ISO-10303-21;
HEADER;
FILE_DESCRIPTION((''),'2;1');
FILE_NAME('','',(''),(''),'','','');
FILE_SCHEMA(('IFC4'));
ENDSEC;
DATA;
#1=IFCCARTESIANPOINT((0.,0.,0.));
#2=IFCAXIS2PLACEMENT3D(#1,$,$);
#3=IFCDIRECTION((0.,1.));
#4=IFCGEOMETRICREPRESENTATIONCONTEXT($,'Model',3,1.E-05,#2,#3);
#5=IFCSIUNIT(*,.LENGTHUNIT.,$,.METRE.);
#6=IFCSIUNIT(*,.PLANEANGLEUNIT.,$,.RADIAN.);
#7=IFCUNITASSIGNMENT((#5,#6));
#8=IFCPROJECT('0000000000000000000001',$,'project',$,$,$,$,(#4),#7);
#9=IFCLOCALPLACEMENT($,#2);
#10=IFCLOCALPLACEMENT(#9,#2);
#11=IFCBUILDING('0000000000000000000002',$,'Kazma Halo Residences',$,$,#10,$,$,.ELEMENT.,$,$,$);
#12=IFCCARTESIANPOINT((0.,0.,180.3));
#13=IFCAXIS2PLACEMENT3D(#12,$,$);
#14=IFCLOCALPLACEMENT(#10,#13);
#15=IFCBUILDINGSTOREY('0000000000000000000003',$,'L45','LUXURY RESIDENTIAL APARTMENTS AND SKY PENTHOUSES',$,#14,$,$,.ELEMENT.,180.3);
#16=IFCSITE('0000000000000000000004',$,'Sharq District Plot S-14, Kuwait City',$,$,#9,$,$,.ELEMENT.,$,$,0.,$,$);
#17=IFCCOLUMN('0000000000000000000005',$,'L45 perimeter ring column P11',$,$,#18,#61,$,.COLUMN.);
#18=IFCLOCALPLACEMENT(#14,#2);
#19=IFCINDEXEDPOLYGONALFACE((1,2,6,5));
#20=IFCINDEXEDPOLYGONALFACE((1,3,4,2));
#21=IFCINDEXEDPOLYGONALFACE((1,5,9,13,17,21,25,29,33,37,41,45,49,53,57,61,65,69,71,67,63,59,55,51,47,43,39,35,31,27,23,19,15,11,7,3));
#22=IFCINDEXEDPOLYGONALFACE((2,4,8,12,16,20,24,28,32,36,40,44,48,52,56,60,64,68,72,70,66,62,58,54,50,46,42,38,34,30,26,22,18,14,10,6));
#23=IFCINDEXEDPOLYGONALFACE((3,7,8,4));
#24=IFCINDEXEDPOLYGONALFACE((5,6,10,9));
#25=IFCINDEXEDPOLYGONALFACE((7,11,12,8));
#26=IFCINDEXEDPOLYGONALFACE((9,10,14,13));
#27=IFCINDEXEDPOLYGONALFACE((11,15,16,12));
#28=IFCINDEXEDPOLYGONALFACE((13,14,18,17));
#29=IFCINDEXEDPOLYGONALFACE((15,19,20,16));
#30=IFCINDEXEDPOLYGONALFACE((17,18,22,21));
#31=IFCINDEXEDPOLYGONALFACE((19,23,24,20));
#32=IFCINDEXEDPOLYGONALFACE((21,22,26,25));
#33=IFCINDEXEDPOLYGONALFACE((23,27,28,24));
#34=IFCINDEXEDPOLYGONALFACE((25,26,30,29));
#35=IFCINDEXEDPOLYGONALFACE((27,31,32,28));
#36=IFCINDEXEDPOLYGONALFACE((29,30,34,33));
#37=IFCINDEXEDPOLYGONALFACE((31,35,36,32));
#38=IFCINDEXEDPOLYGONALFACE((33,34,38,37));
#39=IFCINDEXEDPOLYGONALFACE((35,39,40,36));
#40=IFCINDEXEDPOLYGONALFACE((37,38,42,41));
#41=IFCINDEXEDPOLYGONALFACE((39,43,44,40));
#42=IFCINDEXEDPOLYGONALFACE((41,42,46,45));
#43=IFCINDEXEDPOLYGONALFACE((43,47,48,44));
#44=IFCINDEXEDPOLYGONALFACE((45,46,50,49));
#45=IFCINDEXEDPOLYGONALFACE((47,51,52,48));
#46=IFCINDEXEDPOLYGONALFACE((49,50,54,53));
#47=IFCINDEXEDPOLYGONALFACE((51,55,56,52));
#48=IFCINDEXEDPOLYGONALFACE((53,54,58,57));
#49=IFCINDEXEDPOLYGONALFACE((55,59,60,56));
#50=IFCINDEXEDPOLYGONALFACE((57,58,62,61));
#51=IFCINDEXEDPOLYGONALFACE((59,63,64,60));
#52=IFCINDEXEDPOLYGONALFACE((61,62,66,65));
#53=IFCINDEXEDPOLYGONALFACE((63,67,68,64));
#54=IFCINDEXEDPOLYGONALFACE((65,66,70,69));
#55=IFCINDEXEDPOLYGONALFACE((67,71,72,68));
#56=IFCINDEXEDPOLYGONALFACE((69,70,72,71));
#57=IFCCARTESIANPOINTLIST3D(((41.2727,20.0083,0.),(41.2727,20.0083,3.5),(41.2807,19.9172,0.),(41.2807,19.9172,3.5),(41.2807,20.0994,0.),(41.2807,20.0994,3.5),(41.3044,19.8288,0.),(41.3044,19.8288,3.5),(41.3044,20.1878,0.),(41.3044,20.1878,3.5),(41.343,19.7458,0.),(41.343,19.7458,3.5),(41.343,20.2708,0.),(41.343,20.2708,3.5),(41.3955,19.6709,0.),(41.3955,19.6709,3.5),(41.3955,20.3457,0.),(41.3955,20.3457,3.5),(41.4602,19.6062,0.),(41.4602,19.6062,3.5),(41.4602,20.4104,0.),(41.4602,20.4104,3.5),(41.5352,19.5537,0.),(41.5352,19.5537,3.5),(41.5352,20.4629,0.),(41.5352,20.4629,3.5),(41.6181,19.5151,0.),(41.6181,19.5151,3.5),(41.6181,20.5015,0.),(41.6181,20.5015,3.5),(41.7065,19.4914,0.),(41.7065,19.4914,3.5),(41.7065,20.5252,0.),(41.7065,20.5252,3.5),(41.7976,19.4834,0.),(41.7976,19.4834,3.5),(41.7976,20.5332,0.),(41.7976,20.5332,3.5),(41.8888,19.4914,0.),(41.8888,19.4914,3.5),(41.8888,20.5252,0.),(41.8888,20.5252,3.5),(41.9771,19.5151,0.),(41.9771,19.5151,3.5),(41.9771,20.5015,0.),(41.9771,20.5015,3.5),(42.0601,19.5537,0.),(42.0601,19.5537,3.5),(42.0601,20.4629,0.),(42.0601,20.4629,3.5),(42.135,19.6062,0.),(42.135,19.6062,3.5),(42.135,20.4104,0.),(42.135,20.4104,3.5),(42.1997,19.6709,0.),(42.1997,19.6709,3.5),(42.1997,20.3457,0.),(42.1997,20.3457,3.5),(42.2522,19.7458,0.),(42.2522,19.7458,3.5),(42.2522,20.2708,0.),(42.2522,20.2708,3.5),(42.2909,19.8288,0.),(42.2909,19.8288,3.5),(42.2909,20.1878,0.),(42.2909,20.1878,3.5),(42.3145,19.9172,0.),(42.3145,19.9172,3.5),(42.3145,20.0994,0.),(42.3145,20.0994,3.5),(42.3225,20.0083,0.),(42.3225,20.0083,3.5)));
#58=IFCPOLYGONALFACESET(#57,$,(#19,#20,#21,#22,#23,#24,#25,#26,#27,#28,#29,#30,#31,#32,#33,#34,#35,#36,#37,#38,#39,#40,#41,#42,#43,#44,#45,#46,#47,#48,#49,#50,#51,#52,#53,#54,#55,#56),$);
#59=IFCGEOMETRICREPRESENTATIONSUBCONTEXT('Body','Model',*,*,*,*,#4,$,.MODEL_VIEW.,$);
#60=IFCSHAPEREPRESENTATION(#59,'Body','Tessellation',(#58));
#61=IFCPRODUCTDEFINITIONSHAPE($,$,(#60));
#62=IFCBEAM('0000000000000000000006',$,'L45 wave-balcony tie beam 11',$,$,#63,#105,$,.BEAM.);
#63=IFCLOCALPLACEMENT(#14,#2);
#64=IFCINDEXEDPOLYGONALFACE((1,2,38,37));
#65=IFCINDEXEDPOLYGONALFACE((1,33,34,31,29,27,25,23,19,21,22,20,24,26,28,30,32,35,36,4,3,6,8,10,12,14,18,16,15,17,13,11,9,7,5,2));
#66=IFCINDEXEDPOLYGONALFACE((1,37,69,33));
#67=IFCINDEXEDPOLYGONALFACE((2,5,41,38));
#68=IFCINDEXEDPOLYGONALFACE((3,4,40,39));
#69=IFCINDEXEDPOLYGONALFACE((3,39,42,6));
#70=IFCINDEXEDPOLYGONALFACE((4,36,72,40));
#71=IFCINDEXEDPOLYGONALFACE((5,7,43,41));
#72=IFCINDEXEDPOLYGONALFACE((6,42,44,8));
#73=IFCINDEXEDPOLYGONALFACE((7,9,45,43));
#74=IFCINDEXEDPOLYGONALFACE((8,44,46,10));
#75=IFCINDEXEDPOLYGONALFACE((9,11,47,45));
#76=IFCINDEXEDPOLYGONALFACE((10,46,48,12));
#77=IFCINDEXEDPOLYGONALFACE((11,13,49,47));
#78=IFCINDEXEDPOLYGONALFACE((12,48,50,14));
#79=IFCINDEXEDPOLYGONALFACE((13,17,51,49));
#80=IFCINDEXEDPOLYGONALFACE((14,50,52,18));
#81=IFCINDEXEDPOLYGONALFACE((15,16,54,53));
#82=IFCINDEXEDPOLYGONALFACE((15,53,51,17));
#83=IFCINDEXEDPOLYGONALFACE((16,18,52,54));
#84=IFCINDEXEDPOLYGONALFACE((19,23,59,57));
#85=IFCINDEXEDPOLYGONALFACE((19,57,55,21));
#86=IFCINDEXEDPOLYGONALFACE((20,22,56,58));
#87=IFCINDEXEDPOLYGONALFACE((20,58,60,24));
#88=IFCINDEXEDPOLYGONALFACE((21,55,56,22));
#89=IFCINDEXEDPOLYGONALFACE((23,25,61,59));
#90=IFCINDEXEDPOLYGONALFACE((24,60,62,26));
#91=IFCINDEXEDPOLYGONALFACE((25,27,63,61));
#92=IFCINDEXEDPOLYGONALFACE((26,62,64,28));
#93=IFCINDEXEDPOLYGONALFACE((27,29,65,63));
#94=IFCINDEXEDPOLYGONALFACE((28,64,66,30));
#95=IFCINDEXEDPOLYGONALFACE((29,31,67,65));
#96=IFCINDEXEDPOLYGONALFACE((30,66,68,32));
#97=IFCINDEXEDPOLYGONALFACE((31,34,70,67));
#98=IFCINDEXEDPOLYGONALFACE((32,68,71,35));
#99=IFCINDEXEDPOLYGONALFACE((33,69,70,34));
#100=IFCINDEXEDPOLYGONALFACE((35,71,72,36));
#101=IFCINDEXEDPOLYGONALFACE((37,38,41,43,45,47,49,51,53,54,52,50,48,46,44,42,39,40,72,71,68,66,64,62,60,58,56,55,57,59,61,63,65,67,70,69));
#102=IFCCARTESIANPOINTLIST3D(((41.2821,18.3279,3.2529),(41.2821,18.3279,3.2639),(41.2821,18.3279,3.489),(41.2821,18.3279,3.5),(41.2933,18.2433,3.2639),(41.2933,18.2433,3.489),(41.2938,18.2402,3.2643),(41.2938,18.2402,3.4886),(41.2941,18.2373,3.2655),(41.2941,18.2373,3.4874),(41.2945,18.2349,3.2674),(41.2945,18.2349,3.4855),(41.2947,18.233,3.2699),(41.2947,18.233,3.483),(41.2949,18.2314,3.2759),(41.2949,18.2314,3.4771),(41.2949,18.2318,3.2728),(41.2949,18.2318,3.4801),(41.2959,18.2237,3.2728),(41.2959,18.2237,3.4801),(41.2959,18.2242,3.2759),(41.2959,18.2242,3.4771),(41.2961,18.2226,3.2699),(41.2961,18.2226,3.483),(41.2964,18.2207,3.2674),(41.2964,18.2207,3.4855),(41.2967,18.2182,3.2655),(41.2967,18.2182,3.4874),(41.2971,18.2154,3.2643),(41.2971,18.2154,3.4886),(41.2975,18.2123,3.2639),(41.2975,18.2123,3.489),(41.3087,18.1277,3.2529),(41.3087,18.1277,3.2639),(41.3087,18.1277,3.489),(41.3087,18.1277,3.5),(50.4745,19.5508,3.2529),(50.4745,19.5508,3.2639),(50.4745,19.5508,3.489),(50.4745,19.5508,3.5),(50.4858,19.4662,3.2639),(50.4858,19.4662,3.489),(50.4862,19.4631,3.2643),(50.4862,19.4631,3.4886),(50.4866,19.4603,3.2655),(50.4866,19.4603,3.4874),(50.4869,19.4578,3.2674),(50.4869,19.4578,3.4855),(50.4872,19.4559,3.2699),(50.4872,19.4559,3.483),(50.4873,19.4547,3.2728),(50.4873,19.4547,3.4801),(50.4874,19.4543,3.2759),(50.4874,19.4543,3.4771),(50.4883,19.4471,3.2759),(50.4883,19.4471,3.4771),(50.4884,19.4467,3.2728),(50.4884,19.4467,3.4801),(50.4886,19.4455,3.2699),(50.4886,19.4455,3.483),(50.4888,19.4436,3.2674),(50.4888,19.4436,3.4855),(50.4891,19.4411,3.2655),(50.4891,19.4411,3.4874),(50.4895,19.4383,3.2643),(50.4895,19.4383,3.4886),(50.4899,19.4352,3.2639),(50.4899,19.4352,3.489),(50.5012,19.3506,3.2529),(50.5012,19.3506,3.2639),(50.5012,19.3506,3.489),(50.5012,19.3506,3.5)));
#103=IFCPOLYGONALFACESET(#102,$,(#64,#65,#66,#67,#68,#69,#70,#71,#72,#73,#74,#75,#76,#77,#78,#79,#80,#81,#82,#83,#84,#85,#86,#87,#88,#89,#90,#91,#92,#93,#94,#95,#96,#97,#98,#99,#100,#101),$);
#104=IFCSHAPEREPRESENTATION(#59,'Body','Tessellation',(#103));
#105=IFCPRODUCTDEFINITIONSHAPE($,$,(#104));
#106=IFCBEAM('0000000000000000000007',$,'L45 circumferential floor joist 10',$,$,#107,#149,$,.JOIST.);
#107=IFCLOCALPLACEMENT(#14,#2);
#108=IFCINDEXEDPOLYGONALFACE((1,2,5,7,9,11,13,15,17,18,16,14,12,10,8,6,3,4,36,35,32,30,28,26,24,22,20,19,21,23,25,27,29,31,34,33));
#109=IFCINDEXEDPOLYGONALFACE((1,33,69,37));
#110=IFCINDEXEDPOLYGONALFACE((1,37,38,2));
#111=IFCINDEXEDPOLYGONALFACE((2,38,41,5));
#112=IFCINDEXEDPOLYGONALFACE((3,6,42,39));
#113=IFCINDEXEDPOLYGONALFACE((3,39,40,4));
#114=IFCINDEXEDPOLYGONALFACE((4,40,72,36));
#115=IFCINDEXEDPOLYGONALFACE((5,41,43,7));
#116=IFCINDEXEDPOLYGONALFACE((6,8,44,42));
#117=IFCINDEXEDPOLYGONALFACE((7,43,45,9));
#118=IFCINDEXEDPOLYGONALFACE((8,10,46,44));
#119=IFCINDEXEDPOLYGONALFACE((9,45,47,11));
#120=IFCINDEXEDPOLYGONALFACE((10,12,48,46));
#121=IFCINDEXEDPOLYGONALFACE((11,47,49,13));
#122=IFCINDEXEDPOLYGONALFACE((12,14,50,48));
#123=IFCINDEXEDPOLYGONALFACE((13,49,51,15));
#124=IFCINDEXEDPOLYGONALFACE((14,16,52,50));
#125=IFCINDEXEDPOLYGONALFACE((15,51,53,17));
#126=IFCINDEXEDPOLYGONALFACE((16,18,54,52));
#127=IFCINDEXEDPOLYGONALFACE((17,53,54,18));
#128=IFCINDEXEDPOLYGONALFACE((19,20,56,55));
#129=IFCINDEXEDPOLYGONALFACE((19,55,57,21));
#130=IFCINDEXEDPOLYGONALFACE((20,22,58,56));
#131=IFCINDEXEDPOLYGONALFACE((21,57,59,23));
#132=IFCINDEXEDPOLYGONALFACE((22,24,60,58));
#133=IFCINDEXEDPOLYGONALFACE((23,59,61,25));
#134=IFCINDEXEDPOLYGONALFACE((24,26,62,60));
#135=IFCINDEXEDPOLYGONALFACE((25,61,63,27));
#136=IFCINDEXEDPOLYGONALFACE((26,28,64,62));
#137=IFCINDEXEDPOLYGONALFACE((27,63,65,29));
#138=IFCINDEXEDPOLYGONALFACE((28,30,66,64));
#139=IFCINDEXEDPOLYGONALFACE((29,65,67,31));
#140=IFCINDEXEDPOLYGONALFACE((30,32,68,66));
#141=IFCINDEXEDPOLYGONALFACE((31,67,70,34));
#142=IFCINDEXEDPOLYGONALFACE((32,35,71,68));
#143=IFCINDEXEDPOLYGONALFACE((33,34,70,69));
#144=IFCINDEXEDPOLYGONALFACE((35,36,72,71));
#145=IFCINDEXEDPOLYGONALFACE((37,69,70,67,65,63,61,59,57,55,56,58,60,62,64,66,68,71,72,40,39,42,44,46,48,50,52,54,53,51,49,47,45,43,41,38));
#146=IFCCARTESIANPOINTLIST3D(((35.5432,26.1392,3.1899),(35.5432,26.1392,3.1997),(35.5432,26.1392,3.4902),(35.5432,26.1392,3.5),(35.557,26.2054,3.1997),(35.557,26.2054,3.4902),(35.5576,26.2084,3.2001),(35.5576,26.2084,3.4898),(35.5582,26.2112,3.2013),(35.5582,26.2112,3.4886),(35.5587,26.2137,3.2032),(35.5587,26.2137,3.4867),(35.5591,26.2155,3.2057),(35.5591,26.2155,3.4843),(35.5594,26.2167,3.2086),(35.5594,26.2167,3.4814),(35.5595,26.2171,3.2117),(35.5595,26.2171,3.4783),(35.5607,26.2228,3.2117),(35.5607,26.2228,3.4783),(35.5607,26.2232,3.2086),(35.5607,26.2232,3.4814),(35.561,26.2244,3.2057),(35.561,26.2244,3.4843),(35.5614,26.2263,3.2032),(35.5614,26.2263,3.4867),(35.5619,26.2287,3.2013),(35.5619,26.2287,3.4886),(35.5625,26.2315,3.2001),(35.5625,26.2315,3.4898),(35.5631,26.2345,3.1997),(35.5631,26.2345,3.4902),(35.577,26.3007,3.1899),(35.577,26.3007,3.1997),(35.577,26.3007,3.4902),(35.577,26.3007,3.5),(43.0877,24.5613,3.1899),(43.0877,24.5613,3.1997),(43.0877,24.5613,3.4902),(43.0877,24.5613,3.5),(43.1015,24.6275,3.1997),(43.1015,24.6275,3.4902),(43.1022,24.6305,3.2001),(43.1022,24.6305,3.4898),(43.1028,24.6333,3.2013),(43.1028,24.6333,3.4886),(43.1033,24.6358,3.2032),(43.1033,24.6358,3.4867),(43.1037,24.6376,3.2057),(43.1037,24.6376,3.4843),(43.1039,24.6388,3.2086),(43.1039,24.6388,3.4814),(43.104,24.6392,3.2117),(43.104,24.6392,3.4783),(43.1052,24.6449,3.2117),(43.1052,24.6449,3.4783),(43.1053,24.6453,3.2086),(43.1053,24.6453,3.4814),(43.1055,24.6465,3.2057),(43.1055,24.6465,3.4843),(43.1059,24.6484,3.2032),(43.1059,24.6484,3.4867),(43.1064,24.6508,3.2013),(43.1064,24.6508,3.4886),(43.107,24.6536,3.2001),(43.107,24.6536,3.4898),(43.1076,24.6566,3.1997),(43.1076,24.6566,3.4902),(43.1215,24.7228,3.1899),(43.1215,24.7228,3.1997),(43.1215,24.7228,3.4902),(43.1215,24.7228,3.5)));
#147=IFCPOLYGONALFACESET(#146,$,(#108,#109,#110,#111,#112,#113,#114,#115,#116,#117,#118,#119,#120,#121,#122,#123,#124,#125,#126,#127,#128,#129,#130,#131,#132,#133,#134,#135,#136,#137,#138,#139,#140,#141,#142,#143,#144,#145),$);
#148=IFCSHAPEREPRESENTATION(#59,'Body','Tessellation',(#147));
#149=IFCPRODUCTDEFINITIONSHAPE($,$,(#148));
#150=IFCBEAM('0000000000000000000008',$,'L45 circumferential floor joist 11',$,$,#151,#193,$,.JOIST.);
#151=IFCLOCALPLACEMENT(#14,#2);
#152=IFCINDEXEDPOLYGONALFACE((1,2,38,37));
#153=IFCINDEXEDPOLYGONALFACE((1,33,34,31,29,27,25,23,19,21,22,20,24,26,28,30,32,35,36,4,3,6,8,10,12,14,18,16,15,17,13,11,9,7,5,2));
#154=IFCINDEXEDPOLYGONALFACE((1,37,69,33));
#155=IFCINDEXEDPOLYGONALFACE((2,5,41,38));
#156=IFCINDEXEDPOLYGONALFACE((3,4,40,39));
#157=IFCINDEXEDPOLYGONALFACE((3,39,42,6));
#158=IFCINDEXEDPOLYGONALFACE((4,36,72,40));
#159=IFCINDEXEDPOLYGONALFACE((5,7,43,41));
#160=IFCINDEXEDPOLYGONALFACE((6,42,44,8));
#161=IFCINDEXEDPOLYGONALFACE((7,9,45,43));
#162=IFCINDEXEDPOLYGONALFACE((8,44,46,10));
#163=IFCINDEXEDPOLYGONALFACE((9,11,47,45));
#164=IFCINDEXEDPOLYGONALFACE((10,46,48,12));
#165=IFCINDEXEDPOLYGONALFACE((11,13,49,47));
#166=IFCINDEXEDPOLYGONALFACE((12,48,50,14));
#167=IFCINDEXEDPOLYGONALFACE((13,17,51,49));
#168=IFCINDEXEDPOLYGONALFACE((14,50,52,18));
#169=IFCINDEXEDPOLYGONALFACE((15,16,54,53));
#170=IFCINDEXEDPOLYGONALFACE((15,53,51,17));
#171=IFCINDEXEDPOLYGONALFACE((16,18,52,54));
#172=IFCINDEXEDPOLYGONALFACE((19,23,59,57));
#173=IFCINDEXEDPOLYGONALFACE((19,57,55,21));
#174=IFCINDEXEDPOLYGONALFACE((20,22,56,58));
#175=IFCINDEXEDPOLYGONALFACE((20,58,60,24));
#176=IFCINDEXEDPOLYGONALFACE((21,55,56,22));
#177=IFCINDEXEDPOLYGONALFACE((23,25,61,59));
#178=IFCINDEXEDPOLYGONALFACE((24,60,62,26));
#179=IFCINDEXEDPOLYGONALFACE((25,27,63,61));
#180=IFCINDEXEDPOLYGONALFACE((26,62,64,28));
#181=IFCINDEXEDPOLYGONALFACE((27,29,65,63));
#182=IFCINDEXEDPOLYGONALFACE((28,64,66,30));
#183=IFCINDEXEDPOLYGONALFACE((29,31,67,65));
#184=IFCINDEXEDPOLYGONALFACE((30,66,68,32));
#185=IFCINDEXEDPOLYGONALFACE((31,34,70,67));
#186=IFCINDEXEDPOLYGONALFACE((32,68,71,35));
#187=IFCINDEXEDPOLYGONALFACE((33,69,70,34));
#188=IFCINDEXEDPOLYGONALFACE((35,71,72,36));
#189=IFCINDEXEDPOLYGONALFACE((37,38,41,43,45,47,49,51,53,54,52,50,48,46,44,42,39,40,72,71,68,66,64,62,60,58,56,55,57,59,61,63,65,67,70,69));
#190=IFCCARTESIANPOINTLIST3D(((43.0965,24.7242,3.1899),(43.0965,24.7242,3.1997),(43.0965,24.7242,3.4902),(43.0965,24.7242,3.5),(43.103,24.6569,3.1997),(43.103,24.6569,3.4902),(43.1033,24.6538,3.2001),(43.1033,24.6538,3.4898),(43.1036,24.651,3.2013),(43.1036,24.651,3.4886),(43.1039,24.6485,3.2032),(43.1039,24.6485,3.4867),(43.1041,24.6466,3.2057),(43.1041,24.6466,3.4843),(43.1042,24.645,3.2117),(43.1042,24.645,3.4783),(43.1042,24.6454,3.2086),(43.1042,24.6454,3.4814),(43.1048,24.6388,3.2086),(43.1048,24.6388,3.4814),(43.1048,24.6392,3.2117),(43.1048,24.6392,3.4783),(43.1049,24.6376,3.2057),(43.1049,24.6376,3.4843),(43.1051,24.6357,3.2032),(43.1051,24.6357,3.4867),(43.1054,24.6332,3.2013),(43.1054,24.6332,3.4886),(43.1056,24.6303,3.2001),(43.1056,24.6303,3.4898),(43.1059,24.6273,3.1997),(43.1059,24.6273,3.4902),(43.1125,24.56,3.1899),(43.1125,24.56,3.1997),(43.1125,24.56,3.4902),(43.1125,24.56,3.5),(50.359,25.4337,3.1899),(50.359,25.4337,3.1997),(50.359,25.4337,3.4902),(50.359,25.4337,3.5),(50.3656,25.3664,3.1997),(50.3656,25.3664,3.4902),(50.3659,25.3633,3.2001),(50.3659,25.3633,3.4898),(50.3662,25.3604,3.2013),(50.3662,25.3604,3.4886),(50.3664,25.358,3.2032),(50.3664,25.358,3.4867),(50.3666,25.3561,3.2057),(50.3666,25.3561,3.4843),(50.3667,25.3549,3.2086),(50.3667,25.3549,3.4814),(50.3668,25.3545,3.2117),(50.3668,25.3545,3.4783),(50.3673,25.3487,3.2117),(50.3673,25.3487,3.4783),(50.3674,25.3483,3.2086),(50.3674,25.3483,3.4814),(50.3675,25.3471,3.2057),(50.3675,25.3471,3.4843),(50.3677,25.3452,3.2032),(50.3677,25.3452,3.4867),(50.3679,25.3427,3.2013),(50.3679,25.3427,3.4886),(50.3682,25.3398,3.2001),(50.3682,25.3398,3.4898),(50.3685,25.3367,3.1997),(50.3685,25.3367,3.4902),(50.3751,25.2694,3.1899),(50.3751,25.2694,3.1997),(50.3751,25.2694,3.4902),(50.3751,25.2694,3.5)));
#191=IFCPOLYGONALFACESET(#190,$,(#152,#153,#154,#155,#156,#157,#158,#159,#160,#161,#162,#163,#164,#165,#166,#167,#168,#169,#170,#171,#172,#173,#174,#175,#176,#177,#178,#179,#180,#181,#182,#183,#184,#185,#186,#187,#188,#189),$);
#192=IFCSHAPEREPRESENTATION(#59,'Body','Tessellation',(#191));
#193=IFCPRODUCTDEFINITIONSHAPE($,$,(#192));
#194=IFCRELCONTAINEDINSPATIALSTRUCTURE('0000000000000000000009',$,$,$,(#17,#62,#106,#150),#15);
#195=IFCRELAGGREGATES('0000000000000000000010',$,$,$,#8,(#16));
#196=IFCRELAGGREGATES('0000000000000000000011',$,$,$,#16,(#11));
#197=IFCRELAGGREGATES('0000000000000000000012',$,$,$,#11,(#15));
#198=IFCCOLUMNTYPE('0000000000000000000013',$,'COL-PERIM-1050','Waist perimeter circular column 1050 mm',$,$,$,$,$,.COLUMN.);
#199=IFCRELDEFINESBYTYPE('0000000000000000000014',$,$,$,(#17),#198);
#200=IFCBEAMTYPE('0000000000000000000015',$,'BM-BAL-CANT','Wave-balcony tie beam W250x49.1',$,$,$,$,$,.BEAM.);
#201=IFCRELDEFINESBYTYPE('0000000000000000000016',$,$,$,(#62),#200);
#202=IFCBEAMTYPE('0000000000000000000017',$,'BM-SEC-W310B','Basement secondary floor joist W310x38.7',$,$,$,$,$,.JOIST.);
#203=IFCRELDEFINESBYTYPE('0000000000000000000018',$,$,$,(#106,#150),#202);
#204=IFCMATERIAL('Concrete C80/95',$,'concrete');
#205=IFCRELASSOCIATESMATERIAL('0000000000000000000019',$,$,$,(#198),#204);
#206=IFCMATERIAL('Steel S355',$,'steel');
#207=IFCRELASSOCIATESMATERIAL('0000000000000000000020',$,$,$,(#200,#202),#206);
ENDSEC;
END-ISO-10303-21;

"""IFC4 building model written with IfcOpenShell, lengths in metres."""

from ifc_helpers import new_model, si_unit, direction, frame, origin, origin_2d, place, context, subcontext, project, spatial, circle, i_section, extrude, material, material_profile, profile_set, type_object, element, save


model = new_model("IFC4")

# Units and contexts
model_context = context("Model", 3, precision=1e-05, world=origin(), true_north=direction((0.0, 1.0)))
body_context = subcontext(model_context, "Body", "Model", "MODEL_VIEW")
ifc_project = project(units=[si_unit("LENGTHUNIT", "METRE"), si_unit("PLANEANGLEUNIT", "RADIAN")], contexts=[model_context])

# Site, building, storey
site_placement = place(None, origin())
site = spatial("IfcSite", under=ifc_project, at=site_placement, Name="Sharq District Plot S-14, Kuwait City", CompositionType="ELEMENT", RefElevation=0.0)
building_placement = place(site_placement, origin())
building = spatial("IfcBuilding", under=site, at=building_placement, Name="Kazma Halo Residences", CompositionType="ELEMENT")
storey_placement = place(building_placement, frame((0.0, 0.0, 180.3)))
storey = spatial("IfcBuildingStorey", under=building, at=storey_placement, Name="L45", Description="LUXURY RESIDENTIAL APARTMENTS AND SKY PENTHOUSES", CompositionType="ELEMENT", Elevation=180.3)

# Column
ifc_material_1 = material(Name="Concrete C80/95", Category="concrete")
ifc_material_profile_1 = material_profile(ifc_material_1, circle(Radius=0.5249, at=origin_2d()), Name="CIRC1050")
ifc_profile_set_1 = profile_set([ifc_material_profile_1], Name="Concrete C80/95")
column_type = type_object("IfcColumnType", Name="COL-PERIM-1050", Description="Waist perimeter circular column 1050 mm", PredefinedType="COLUMN", material=ifc_profile_set_1)
column_placement = place(storey_placement, frame((41.7976, 20.0083, 0.0), z_axis=(0.0, 0.0, 1.0), x_axis=(1.0, 0.0, 0.0)))
element("IfcColumn", 1, at=column_placement, inside=storey, type_object=column_type, Name="L45 perimeter ring column P11", PredefinedType="COLUMN", context=body_context, shape_type="SweptSolid", body=[
    extrude(circle(Radius=0.5249, at=origin_2d()), origin(), (0.0, 0.0, 1.0), 3.5),
])

# Beams
ifc_material_2 = material(Name="Steel S355", Category="steel")
ifc_material_profile_2 = material_profile(ifc_material_2, i_section(OverallWidth=0.2019, OverallDepth=0.2471, WebThickness=0.0073, FlangeThickness=0.011, FilletRadius=0.012, at=origin_2d()), Name="W250x49.1")
ifc_profile_set_2 = profile_set([ifc_material_profile_2], Name="Steel S355")
beam_type_1 = type_object("IfcBeamType", Name="BM-BAL-CANT", Description="Wave-balcony tie beam W250x49.1", PredefinedType="BEAM", material=ifc_profile_set_2)
beam_1_placement = place(storey_placement, frame((41.2954, 18.2278, 3.3765), z_axis=(0.991267, 0.131872, 0.0), x_axis=(-0.131872, 0.991267, 0.0)))
element("IfcBeam", 2, at=beam_1_placement, inside=storey, type_object=beam_type_1, Name="L45 wave-balcony tie beam 11", PredefinedType="BEAM", context=body_context, shape_type="SweptSolid", body=[
    extrude(i_section(OverallWidth=0.2019, OverallDepth=0.2471, WebThickness=0.0073, FlangeThickness=0.011, FilletRadius=0.012, at=origin_2d()), origin(), (0.0, 0.0, 1.0), 9.2734),
])
ifc_material_profile_3 = material_profile(ifc_material_2, i_section(OverallWidth=0.165, OverallDepth=0.3101, WebThickness=0.0059, FlangeThickness=0.0098, FilletRadius=0.012, at=origin_2d()), Name="W310x38.7")
ifc_profile_set_3 = profile_set([ifc_material_profile_3], Name="Steel S355")
beam_type_2 = type_object("IfcBeamType", Name="BM-SEC-W310B", Description="Basement secondary floor joist W310x38.7", PredefinedType="JOIST", material=ifc_profile_set_3)
beam_2_placement = place(storey_placement, frame((35.5601, 26.22, 3.345), z_axis=(0.978821, -0.204716, 0.0), x_axis=(0.204716, 0.978821, 0.0)))
element("IfcBeam", 3, at=beam_2_placement, inside=storey, type_object=beam_type_2, Name="L45 circumferential floor joist 10", PredefinedType="JOIST", context=body_context, shape_type="SweptSolid", body=[
    extrude(i_section(OverallWidth=0.165, OverallDepth=0.3101, WebThickness=0.0059, FlangeThickness=0.0098, FilletRadius=0.012, at=origin_2d()), origin(), (0.0, 0.0, 1.0), 7.7078),
])
beam_3_placement = place(storey_placement, frame((43.1045, 24.6421, 3.345), z_axis=(0.995262, 0.097228, 0.0), x_axis=(-0.097228, 0.995262, 0.0)))
element("IfcBeam", 4, at=beam_3_placement, inside=storey, type_object=beam_type_2, Name="L45 circumferential floor joist 11", PredefinedType="JOIST", context=body_context, shape_type="SweptSolid", body=[
    extrude(i_section(OverallWidth=0.165, OverallDepth=0.3101, WebThickness=0.0059, FlangeThickness=0.0098, FilletRadius=0.012, at=origin_2d()), origin(), (0.0, 0.0, 1.0), 7.2971),
])

save(model, "model.ifc")
